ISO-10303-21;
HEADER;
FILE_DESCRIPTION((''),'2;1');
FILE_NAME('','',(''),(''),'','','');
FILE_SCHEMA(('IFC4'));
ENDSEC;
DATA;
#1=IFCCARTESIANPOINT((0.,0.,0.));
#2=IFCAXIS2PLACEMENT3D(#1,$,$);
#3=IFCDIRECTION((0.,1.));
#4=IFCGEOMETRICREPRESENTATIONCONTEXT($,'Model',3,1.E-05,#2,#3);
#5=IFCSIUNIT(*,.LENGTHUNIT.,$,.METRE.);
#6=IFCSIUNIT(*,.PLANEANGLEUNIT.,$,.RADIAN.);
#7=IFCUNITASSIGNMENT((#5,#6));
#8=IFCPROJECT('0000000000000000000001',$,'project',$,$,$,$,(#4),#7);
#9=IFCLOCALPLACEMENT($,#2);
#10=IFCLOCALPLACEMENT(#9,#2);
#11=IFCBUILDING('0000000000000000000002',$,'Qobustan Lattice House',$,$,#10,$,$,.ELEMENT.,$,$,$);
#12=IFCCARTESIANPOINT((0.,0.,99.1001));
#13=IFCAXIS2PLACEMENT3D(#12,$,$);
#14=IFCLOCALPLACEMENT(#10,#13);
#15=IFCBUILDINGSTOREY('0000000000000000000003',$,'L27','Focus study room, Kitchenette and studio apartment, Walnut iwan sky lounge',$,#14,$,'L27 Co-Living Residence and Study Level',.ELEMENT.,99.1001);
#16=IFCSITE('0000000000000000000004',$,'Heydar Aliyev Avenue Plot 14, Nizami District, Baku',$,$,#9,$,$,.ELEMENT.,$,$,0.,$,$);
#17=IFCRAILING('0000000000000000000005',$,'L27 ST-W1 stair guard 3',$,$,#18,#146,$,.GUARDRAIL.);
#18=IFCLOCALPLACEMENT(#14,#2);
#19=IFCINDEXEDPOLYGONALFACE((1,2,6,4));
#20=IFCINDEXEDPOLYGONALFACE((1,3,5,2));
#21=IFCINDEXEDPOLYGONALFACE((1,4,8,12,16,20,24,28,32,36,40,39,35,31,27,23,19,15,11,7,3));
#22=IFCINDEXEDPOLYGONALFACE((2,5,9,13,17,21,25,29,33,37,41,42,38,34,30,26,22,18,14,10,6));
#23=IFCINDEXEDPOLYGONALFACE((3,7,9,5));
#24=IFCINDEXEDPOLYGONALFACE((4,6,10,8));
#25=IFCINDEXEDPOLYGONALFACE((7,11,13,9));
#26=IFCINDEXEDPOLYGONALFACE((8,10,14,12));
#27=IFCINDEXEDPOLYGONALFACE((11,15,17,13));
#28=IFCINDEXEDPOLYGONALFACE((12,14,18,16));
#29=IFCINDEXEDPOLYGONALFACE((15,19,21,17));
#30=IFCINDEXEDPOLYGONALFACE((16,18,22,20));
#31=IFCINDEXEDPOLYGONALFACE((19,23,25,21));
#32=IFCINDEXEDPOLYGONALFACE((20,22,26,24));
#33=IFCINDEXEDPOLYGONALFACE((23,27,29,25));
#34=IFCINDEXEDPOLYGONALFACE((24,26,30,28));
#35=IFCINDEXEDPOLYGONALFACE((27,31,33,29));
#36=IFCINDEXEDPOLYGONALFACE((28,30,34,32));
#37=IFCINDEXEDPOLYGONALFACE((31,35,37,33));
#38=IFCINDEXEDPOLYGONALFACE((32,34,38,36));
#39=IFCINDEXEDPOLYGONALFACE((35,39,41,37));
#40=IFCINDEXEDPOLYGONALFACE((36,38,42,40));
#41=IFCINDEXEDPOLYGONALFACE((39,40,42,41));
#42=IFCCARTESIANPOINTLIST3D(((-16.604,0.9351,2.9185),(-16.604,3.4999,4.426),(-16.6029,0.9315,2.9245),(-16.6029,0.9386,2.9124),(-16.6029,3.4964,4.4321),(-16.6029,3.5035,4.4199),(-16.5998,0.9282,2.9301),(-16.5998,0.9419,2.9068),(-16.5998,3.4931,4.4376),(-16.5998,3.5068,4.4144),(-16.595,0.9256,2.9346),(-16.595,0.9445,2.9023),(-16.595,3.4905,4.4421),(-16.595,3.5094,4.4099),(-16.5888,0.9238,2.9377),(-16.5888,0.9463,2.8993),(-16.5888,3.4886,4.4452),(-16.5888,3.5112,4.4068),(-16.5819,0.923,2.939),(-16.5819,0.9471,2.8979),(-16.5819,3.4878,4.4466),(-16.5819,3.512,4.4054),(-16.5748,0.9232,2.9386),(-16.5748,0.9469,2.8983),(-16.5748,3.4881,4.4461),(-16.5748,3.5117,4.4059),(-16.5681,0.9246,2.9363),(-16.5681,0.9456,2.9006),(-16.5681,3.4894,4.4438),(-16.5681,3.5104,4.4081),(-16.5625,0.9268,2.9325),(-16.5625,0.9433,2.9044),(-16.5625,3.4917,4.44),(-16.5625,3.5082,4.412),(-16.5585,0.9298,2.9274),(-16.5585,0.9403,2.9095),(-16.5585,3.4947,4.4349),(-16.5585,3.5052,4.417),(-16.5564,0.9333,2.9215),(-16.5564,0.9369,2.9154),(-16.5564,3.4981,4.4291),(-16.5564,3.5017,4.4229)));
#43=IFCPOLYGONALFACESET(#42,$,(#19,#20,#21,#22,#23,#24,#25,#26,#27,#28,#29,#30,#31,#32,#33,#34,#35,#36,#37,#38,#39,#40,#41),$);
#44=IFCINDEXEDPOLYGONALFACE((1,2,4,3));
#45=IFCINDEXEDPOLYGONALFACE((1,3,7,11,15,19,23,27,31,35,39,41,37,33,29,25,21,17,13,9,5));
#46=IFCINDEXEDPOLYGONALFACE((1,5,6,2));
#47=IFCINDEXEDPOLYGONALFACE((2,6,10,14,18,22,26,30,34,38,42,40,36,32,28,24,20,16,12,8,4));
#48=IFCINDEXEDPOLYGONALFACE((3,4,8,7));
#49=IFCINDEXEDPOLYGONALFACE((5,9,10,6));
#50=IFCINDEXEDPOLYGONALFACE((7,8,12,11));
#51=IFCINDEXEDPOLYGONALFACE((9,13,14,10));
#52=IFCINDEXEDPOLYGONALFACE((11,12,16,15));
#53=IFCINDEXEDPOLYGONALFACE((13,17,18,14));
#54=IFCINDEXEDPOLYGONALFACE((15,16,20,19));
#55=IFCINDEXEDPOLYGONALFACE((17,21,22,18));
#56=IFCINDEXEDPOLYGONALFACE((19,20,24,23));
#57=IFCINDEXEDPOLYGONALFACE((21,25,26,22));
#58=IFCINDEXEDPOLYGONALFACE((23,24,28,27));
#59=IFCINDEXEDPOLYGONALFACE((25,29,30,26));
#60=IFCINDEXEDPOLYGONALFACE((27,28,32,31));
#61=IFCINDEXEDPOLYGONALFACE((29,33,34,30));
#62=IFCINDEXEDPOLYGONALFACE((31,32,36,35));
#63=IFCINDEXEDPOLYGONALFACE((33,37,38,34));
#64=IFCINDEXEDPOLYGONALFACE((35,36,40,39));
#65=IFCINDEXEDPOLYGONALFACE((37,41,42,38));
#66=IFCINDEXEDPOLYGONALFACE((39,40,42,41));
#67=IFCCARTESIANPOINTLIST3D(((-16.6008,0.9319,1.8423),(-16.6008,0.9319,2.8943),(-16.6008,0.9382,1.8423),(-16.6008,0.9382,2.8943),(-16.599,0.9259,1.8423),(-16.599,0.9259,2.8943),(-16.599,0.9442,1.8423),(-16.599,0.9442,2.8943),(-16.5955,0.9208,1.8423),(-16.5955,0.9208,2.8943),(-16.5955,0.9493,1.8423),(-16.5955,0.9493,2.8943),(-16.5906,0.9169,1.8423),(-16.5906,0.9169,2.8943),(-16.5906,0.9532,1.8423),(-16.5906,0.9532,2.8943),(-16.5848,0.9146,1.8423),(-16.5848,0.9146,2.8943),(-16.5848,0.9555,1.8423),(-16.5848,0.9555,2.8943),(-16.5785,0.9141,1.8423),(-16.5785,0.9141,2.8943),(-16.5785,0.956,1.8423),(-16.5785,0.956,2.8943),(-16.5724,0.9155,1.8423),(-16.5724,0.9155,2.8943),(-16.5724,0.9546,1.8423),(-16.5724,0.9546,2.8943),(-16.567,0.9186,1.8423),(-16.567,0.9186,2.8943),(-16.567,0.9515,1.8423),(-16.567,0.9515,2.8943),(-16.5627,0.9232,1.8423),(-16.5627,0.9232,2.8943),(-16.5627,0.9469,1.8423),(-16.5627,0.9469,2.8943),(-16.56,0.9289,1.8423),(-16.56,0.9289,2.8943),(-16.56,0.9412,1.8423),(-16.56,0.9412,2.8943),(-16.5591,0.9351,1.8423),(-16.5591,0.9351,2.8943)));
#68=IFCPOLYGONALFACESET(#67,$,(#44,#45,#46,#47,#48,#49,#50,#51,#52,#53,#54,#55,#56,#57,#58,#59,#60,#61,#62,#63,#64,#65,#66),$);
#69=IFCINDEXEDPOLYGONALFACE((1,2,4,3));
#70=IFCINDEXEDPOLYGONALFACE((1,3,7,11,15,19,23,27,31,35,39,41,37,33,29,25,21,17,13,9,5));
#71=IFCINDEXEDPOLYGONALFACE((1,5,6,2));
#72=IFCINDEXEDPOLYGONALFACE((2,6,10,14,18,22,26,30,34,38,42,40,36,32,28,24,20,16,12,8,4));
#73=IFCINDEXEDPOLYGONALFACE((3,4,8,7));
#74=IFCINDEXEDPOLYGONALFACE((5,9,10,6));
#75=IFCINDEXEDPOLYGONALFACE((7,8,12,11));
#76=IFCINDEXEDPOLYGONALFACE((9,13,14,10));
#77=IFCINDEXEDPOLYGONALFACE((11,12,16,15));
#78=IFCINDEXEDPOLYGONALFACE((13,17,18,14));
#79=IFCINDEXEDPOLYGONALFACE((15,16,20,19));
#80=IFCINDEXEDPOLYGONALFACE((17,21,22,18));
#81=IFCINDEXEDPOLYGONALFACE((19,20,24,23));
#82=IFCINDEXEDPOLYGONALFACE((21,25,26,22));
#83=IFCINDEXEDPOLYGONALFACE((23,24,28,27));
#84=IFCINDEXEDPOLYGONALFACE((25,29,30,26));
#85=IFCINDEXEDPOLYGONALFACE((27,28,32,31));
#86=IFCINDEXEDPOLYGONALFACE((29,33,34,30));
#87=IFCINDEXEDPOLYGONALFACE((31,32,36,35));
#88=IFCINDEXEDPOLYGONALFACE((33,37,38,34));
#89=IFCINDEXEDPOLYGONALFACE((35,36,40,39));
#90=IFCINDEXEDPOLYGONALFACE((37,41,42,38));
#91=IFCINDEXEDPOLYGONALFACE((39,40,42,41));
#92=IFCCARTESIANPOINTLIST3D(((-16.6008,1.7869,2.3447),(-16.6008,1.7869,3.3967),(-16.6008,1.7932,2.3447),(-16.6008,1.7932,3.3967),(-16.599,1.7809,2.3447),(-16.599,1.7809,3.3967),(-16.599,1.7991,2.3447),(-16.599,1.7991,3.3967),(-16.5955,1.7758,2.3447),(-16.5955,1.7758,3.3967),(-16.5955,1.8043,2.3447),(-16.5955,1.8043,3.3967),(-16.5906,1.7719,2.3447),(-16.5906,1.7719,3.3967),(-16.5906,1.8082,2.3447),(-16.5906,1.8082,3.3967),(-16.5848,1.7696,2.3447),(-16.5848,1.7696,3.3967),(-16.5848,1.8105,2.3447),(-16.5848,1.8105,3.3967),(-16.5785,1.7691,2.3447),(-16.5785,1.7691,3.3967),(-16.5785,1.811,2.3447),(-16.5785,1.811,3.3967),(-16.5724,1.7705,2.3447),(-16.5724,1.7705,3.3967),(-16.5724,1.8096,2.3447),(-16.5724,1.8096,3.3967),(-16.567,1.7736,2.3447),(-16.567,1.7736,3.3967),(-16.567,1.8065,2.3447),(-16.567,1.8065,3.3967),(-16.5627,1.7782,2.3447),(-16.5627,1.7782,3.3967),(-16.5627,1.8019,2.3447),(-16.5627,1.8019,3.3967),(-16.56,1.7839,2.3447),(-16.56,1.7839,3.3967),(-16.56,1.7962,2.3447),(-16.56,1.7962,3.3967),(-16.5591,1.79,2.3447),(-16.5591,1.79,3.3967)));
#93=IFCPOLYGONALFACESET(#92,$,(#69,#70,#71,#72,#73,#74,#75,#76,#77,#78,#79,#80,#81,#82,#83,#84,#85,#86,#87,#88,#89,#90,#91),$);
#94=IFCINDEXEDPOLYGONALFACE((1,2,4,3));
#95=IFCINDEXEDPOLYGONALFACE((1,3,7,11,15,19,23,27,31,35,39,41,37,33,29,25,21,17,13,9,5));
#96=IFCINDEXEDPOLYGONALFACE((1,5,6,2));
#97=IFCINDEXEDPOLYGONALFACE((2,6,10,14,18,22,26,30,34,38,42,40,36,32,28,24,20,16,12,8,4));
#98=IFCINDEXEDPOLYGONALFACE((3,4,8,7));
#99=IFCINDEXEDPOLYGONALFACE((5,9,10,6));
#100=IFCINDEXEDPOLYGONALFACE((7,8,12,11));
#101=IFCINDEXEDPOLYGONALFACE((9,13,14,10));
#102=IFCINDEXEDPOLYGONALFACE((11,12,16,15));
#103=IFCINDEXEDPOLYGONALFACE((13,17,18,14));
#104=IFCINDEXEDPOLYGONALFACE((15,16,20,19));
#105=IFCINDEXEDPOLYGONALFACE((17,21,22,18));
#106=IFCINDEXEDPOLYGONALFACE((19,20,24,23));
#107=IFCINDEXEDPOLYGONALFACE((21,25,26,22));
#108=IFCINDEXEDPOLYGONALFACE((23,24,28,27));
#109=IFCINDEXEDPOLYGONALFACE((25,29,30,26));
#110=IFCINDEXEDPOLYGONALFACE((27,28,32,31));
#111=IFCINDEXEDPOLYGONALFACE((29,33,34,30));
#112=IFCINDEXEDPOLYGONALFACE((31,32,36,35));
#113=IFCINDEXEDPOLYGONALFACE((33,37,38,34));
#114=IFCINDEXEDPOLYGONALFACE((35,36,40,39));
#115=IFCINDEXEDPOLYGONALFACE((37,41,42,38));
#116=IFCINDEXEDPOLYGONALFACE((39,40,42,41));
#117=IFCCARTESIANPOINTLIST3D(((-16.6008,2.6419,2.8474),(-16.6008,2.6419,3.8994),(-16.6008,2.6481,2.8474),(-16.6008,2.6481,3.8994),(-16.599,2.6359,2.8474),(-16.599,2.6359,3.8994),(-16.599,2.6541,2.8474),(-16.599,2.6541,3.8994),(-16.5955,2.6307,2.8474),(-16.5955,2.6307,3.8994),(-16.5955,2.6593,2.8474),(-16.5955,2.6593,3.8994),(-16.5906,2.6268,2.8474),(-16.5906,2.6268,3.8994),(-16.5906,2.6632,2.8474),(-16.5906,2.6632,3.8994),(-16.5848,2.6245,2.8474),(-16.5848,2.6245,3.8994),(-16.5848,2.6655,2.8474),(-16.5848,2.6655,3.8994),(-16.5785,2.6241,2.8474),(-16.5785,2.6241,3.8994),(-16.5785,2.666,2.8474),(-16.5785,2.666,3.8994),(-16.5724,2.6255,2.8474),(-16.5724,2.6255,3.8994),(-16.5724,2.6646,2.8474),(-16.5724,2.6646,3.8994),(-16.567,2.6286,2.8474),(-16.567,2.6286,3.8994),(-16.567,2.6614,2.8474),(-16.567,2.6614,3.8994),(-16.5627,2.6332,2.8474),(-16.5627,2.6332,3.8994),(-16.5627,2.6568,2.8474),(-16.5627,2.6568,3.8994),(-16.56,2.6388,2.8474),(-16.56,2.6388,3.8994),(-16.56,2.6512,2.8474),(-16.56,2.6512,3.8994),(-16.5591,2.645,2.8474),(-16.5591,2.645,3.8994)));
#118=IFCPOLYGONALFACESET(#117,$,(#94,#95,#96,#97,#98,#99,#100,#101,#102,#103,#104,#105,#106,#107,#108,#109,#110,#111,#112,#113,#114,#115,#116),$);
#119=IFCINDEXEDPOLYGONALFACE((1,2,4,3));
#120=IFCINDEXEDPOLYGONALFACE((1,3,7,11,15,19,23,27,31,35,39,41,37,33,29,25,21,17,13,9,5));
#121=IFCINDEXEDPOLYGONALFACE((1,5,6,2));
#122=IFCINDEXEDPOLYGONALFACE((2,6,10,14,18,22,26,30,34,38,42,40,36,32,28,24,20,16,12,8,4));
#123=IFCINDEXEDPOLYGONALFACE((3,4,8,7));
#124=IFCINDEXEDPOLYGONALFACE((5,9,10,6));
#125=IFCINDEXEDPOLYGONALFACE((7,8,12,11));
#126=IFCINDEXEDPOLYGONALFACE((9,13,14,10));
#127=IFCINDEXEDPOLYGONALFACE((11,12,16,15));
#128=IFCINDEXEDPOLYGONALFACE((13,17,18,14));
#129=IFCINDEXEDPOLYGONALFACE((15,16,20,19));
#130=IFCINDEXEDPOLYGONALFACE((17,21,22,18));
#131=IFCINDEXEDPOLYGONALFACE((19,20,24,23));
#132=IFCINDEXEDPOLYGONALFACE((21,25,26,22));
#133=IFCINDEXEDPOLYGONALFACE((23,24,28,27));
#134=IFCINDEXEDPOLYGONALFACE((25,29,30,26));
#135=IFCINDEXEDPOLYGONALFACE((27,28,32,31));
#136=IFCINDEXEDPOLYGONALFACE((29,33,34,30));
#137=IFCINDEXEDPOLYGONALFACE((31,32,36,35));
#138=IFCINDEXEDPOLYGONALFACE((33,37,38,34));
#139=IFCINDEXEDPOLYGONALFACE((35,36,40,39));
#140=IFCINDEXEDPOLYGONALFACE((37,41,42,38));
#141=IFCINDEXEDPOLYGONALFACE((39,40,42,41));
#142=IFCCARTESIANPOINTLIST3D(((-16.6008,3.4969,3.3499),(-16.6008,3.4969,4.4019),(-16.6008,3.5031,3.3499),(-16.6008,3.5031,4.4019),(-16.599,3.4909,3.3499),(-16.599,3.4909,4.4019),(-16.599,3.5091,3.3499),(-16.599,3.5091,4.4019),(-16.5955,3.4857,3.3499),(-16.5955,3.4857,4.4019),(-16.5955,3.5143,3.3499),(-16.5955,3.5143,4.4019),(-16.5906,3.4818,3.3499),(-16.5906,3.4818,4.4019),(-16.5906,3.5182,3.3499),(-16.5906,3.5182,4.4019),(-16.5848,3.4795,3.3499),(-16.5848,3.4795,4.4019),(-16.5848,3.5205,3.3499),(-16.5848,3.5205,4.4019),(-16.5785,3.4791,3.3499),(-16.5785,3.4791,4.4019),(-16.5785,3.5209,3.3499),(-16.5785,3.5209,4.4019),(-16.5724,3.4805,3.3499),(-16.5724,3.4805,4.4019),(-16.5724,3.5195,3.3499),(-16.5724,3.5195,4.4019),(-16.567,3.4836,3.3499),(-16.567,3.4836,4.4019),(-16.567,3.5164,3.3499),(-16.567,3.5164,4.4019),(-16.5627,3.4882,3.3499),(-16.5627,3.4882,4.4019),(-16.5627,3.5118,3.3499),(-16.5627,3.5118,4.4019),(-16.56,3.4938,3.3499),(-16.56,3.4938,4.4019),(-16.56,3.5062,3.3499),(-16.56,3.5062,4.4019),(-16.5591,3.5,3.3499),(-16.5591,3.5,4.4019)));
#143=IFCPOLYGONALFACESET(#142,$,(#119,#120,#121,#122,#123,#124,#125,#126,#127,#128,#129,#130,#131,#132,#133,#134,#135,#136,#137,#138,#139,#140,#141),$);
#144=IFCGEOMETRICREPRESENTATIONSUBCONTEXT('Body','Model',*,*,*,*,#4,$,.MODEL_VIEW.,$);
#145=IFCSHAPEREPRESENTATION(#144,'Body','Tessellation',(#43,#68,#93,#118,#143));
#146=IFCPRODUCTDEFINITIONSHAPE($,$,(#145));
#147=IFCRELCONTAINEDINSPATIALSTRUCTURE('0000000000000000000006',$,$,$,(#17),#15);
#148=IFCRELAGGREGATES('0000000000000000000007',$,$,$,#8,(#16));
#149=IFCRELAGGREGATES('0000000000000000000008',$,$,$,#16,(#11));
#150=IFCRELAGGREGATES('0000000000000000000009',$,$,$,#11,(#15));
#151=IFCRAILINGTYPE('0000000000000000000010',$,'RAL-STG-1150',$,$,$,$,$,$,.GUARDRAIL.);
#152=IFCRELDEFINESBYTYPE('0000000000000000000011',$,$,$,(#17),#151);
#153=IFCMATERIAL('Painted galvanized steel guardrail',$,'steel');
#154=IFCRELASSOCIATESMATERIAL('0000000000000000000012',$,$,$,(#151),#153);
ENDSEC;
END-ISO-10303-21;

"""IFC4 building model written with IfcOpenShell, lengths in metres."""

from ifc_helpers import new_model, si_unit, direction, frame, origin, origin_2d, place, context, subcontext, project, spatial, circle, extrude, material, type_object, element, save


model = new_model("IFC4")

# Units and contexts
model_context = context("Model", 3, precision=1e-05, world=origin(), true_north=direction((0.0, 1.0)))
body_context = subcontext(model_context, "Body", "Model", "MODEL_VIEW")
ifc_project = project(units=[si_unit("LENGTHUNIT", "METRE"), si_unit("PLANEANGLEUNIT", "RADIAN")], contexts=[model_context])

# Site, building, storey
site_placement = place(None, origin())
site = spatial("IfcSite", under=ifc_project, at=site_placement, Name="Heydar Aliyev Avenue Plot 14, Nizami District, Baku", CompositionType="ELEMENT", RefElevation=0.0)
building_placement = place(site_placement, origin())
building = spatial("IfcBuilding", under=site, at=building_placement, Name="Qobustan Lattice House", CompositionType="ELEMENT")
storey_placement = place(building_placement, frame((0.0, 0.0, 99.1001)))
storey = spatial("IfcBuildingStorey", under=building, at=storey_placement, Name="L27", Description="Focus study room, Kitchenette and studio apartment, Walnut iwan sky lounge", LongName="L27 Co-Living Residence and Study Level", CompositionType="ELEMENT", Elevation=99.1001)

# Railing
ifc_material_1 = material(Name="Painted galvanized steel guardrail", Category="steel")
railing_type_1 = type_object("IfcRailingType", Name="RAL-STG-1150", PredefinedType="GUARDRAIL", material=ifc_material_1)
railing_1_placement = place(storey_placement, frame((-16.5801, 0.9351, 1.8423)))
element("IfcRailing", 1, at=railing_1_placement, inside=storey, type_object=railing_type_1, Name="L27 ST-W1 stair guard 3", PredefinedType="GUARDRAIL", context=body_context, shape_type="SweptSolid", body=[
    extrude(circle(Radius=0.0239, at=origin_2d()), frame((0.0, 0.0, 1.0762), z_axis=(0.0, 0.862113, 0.506715), x_axis=(-1.0, 0.0, 0.0)), (0.0, 0.0, 1.0), 2.9751),
    extrude(circle(Radius=0.021, at=origin_2d()), origin(), (0.0, 0.0, 1.0), 1.052),
    extrude(circle(Radius=0.021, at=origin_2d()), frame((0.0, 0.855, 0.5024)), (0.0, 0.0, 1.0), 1.052),
    extrude(circle(Radius=0.021, at=origin_2d()), frame((0.0, 1.71, 1.0051)), (0.0, 0.0, 1.0), 1.052),
    extrude(circle(Radius=0.021, at=origin_2d()), frame((0.0, 2.5649, 1.5076)), (0.0, 0.0, 1.0), 1.052),
])

save(model, "model.ifc")
